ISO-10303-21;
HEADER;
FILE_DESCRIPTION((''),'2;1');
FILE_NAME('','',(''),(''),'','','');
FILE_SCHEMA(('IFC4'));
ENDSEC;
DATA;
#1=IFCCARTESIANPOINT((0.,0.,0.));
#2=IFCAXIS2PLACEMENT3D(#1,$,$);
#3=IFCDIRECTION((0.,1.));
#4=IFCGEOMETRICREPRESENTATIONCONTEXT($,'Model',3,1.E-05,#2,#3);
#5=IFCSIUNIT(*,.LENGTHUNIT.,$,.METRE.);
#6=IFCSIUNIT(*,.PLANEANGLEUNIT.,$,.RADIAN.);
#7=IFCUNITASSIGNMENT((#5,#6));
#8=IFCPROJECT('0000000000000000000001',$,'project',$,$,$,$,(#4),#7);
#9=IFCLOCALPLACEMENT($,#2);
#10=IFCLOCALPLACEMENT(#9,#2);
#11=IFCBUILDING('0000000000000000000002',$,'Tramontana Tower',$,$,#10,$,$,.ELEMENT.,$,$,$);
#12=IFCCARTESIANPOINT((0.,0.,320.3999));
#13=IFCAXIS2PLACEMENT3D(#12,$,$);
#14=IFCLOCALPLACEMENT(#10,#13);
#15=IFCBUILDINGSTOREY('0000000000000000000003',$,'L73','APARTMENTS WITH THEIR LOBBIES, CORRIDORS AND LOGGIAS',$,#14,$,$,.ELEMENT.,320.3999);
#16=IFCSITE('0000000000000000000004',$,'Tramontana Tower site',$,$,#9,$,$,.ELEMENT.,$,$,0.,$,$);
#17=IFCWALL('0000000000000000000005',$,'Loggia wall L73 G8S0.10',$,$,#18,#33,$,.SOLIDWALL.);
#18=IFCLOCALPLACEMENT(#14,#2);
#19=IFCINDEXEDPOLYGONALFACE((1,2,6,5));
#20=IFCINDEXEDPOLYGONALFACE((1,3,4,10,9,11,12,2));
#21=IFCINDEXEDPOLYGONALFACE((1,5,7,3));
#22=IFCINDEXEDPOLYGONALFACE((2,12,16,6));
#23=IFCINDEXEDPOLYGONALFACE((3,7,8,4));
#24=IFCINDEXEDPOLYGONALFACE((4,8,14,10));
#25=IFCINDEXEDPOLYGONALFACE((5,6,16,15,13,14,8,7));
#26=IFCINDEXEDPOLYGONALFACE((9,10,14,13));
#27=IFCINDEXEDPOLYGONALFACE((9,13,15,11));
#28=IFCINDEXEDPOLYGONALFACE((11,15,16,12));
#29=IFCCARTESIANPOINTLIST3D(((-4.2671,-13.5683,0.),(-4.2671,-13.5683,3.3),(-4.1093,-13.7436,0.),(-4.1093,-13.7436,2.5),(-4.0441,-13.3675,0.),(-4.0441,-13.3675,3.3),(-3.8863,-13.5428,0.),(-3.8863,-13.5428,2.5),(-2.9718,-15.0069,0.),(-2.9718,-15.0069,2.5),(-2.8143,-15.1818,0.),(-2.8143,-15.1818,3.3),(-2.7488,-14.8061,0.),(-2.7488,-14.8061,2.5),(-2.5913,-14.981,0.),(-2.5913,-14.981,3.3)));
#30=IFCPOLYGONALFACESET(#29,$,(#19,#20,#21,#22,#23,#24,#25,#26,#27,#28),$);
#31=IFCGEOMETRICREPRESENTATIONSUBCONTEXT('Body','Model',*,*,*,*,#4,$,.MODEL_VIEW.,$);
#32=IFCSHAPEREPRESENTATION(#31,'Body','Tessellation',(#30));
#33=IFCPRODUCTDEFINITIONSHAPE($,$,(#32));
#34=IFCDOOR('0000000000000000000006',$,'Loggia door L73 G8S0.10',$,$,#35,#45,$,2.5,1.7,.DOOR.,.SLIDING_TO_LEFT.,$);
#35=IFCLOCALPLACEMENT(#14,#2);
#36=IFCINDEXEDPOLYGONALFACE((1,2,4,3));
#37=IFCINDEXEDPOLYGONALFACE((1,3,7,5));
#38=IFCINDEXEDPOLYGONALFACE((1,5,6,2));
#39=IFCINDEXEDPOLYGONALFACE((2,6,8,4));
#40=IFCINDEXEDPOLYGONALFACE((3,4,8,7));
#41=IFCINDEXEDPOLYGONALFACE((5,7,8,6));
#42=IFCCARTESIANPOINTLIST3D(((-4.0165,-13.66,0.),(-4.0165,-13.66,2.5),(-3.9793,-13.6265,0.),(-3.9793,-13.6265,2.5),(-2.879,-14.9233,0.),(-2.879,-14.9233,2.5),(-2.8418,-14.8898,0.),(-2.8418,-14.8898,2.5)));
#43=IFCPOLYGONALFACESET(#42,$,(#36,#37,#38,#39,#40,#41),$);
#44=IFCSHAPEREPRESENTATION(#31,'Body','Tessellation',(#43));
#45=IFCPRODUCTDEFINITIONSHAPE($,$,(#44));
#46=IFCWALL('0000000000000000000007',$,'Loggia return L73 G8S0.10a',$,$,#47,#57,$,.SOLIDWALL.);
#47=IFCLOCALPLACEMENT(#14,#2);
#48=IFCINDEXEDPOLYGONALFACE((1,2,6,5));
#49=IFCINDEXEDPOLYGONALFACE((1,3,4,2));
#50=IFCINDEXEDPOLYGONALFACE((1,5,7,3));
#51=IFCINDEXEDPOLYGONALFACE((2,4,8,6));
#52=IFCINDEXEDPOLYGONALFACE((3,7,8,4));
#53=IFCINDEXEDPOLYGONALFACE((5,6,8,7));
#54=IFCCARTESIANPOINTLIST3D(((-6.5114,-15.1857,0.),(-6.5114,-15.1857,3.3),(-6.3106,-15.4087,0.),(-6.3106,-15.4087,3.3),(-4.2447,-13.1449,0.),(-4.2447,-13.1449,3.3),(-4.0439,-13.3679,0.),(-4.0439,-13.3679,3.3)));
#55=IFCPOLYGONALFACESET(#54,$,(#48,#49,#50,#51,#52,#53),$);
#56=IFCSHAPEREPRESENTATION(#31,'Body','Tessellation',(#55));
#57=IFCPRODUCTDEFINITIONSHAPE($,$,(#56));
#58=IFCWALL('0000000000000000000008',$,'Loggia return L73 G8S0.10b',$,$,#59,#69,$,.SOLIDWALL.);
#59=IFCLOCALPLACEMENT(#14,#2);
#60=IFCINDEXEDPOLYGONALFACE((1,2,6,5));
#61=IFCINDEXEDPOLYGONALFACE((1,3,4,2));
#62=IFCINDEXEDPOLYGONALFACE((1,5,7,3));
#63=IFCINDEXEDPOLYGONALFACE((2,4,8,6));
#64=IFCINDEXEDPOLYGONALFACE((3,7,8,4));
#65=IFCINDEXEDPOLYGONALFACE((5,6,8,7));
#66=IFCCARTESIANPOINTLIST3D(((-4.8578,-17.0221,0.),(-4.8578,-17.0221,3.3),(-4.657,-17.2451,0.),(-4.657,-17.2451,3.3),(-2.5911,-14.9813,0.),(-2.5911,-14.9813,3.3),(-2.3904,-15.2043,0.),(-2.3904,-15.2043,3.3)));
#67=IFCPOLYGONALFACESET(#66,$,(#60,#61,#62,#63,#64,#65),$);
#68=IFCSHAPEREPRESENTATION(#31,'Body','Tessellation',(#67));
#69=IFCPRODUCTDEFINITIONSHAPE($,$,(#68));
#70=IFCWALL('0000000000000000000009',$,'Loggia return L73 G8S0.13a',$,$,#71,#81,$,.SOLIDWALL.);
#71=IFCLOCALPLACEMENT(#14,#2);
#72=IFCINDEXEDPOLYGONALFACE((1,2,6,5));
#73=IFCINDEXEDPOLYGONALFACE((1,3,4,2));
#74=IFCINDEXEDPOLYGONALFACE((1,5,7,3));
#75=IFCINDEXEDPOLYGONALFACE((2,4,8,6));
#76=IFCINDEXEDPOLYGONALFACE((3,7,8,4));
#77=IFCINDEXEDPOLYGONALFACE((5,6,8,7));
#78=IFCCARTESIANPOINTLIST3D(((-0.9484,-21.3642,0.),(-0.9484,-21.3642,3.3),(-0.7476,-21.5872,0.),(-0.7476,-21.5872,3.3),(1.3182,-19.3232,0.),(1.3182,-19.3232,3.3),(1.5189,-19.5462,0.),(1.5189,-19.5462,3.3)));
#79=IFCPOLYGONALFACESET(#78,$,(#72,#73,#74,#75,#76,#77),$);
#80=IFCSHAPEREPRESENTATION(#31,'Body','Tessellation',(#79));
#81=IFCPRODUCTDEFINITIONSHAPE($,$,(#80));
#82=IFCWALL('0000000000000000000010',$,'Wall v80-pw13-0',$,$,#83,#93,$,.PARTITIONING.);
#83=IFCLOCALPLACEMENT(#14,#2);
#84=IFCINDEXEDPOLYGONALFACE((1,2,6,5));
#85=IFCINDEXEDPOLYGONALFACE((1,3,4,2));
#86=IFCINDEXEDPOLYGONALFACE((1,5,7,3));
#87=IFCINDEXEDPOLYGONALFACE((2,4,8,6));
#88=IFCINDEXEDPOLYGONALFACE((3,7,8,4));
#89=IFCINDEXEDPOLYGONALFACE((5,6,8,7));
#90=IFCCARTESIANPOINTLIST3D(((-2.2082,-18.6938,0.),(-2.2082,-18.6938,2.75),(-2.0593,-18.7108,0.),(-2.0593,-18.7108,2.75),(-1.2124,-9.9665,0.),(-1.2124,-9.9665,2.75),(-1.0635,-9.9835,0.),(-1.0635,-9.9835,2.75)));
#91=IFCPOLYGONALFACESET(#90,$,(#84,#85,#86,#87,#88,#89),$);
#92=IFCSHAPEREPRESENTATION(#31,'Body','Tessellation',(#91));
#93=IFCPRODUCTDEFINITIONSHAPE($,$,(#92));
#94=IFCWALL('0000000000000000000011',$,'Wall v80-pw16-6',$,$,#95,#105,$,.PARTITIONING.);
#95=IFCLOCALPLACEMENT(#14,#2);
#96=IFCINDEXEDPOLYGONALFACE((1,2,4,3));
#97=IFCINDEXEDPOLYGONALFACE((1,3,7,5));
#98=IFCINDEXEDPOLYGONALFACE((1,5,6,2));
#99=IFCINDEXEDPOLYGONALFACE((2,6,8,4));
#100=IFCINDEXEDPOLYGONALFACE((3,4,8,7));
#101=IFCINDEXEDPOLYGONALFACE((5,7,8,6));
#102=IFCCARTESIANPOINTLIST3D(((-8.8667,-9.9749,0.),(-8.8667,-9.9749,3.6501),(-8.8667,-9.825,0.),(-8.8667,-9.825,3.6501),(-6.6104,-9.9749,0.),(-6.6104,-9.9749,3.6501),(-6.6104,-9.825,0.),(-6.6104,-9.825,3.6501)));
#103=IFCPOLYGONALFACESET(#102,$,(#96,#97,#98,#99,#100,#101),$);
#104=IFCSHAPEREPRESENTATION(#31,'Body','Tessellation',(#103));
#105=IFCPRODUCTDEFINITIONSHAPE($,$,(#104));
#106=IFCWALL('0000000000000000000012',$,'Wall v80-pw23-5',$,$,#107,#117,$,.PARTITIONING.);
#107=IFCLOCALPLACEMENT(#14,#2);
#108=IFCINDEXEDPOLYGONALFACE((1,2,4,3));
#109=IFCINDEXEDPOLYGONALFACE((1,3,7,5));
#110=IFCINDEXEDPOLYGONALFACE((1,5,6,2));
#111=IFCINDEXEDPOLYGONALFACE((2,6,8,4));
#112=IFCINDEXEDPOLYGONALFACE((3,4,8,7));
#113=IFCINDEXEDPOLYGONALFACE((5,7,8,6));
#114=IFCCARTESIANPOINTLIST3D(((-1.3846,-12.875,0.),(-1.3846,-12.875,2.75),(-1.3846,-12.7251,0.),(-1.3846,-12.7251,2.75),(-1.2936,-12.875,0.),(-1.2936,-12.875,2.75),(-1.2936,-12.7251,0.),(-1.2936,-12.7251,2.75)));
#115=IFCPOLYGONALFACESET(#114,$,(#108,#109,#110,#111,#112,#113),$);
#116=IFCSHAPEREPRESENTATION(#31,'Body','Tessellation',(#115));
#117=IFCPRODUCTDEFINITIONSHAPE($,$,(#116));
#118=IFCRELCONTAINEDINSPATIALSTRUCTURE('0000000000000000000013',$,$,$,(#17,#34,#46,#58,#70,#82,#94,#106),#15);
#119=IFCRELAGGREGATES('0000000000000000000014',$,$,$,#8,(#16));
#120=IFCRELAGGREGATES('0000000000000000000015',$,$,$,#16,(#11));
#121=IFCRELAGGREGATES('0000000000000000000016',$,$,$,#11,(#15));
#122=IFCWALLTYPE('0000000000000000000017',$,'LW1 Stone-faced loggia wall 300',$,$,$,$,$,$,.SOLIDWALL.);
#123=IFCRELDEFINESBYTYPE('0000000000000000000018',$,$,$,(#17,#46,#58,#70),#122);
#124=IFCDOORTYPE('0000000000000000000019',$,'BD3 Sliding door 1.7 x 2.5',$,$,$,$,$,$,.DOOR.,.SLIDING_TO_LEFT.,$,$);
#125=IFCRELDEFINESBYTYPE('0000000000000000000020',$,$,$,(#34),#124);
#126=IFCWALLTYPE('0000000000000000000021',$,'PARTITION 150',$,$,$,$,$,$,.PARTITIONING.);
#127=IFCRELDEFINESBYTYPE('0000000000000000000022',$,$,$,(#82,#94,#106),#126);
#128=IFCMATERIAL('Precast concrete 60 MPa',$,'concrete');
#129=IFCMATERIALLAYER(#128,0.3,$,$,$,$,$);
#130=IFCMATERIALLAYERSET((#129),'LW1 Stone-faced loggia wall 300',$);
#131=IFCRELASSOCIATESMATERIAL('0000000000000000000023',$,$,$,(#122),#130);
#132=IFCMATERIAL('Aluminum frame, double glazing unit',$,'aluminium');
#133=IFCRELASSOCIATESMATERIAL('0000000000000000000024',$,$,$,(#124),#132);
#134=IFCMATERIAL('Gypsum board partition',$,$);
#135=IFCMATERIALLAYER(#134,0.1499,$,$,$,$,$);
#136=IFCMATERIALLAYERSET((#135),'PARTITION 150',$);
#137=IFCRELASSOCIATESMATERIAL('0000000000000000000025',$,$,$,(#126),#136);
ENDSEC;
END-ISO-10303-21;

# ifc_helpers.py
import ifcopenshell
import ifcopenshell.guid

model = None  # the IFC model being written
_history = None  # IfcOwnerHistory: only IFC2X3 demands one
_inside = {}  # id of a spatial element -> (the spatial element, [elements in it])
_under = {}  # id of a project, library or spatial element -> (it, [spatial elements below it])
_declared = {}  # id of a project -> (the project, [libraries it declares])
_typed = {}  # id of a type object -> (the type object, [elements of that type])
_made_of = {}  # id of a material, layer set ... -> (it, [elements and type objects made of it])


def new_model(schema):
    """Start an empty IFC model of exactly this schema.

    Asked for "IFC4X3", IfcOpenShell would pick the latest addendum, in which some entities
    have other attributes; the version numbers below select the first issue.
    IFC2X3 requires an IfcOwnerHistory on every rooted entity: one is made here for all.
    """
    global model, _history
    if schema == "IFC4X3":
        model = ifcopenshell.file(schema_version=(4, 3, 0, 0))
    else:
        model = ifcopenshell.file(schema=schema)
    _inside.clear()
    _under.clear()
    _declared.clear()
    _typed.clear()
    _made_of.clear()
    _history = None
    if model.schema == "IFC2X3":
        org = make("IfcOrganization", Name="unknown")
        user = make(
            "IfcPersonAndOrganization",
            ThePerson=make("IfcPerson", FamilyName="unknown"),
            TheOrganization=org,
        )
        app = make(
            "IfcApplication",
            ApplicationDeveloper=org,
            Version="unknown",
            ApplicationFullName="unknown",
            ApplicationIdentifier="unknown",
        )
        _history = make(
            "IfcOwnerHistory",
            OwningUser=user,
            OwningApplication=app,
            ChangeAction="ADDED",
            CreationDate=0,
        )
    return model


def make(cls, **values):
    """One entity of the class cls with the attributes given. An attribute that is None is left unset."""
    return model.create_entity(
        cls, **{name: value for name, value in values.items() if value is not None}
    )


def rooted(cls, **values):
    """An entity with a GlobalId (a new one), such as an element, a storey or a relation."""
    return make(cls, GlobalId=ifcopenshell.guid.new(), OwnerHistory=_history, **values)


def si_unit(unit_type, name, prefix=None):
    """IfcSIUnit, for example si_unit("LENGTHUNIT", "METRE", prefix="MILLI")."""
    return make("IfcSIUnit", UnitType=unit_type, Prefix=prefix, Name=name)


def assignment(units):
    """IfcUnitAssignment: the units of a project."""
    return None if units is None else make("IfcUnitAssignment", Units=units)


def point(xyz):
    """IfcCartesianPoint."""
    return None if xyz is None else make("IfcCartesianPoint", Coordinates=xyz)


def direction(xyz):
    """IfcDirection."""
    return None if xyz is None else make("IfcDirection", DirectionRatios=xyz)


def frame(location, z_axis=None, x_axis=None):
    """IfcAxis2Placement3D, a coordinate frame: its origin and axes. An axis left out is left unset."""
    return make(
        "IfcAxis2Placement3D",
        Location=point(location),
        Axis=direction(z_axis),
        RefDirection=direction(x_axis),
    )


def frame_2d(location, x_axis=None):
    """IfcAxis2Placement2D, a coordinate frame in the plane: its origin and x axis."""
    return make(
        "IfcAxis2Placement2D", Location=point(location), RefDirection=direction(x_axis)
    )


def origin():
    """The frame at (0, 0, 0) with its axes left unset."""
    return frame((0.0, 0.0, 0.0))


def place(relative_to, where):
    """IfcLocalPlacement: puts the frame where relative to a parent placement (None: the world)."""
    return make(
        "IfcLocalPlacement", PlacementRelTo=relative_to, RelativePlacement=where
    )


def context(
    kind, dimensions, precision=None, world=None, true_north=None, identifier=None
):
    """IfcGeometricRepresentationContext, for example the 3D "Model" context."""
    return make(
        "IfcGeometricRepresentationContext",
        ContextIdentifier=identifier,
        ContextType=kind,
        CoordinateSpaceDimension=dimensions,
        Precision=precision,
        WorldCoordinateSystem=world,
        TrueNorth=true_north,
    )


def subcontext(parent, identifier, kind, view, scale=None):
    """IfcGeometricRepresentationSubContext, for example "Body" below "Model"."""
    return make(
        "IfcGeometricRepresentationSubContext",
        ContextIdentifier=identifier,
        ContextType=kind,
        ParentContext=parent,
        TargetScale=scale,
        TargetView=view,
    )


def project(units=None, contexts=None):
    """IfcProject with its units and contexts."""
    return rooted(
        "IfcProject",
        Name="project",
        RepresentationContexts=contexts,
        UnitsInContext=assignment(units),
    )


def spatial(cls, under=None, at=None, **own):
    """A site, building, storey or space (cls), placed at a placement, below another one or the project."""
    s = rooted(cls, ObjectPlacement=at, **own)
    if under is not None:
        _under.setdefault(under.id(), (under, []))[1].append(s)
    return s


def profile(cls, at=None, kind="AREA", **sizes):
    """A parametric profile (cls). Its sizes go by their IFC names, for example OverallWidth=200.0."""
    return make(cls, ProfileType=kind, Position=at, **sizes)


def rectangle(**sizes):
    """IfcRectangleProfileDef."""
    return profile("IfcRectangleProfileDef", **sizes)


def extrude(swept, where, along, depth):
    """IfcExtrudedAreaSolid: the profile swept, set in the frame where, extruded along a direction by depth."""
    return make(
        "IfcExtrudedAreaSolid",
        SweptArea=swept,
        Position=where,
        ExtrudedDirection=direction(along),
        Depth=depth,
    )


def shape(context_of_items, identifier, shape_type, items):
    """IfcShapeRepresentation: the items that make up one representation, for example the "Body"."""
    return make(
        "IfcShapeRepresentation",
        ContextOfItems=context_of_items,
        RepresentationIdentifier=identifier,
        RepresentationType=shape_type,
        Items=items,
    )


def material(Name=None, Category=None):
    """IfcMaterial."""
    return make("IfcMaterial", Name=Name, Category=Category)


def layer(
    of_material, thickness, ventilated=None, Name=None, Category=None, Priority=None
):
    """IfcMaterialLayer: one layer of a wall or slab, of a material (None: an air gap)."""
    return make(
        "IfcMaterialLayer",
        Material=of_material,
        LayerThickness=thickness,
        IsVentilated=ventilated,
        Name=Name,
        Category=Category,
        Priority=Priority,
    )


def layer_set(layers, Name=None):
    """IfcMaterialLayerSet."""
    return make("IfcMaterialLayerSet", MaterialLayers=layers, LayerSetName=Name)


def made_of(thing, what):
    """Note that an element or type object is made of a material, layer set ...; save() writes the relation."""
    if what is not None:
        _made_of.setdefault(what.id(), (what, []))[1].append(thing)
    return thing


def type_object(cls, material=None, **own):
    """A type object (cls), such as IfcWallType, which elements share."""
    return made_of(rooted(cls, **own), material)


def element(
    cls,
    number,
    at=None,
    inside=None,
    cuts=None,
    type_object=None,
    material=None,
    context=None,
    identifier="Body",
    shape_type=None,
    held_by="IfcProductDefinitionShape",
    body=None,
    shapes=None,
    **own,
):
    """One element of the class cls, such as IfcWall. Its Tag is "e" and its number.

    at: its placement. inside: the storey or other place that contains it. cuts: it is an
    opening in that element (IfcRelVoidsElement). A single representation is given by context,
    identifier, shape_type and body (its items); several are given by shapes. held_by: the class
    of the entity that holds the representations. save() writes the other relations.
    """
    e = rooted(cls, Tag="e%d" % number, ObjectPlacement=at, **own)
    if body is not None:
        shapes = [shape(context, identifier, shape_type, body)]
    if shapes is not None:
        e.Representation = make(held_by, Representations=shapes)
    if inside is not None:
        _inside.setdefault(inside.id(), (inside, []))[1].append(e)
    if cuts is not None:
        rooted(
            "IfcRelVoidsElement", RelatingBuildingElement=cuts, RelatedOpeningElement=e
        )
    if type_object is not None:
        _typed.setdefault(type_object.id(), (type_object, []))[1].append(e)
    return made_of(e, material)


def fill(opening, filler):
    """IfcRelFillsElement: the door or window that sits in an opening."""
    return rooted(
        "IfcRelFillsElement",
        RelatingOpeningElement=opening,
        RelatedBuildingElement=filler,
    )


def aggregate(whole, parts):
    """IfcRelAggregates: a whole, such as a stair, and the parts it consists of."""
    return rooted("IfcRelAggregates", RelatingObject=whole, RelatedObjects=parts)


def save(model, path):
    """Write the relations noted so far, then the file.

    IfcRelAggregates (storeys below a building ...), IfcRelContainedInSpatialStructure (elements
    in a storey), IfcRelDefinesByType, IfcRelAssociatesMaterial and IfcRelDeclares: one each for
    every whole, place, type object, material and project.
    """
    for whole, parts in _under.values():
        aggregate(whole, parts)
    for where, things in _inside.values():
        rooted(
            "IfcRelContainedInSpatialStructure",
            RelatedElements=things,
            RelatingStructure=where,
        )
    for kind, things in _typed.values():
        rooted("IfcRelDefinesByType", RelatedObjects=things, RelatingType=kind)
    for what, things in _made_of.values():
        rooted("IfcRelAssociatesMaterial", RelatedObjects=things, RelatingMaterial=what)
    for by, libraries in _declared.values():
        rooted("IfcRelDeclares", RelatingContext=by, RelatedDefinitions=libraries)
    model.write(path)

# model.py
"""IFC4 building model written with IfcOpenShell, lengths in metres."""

from ifc_helpers import new_model, si_unit, direction, frame, frame_2d, origin, place, context, subcontext, project, spatial, rectangle, extrude, material, layer, layer_set, type_object, element, fill, save


model = new_model("IFC4")

# Units and contexts
model_context = context("Model", 3, precision=1e-05, world=origin(), true_north=direction((0.0, 1.0)))
body_context = subcontext(model_context, "Body", "Model", "MODEL_VIEW")
ifc_project = project(units=[si_unit("LENGTHUNIT", "METRE"), si_unit("PLANEANGLEUNIT", "RADIAN")], contexts=[model_context])

# Site, building, storey
site_placement = place(None, origin())
site = spatial("IfcSite", under=ifc_project, at=site_placement, Name="Tramontana Tower site", CompositionType="ELEMENT", RefElevation=0.0)
building_placement = place(site_placement, origin())
building = spatial("IfcBuilding", under=site, at=building_placement, Name="Tramontana Tower", CompositionType="ELEMENT")
storey_placement = place(building_placement, frame((0.0, 0.0, 320.3999)))
storey = spatial("IfcBuildingStorey", under=building, at=storey_placement, Name="L73", Description="APARTMENTS WITH THEIR LOBBIES, CORRIDORS AND LOGGIAS", CompositionType="ELEMENT", Elevation=320.3999)

# Wall, opening, door
ifc_material_1 = material(Name="Precast concrete 60 MPa", Category="concrete")
ifc_layer_1 = layer(ifc_material_1, 0.3)
ifc_layer_set_1 = layer_set([ifc_layer_1], Name="LW1 Stone-faced loggia wall 300")
wall_type_1 = type_object("IfcWallType", Name="LW1 Stone-faced loggia wall 300", PredefinedType="SOLIDWALL", material=ifc_layer_set_1)
wall_1_placement = place(storey_placement, frame((-4.1555, -13.468, 0.0), z_axis=(0.0, 0.0, 1.0), x_axis=(0.669145, -0.743132, 0.0)))
wall_1 = element("IfcWall", 1, at=wall_1_placement, inside=storey, type_object=wall_type_1, Name="Loggia wall L73 G8S0.10", PredefinedType="SOLIDWALL", context=body_context, shape_type="SweptSolid", body=[
    extrude(rectangle(XDim=2.1711, YDim=0.3, at=frame_2d((1.0854, 0.0))), origin(), (0.0, 0.0, 1.0), 3.3),
])
opening_1_placement = place(wall_1_placement, frame((0.2356, 0.0, 0.0)))
opening_1 = element("IfcOpeningElement", 2, at=opening_1_placement, cuts=wall_1, PredefinedType="OPENING", context=body_context, shape_type="SweptSolid", body=[
    extrude(rectangle(XDim=1.7, YDim=2.5, at=frame_2d((0.8501, 1.25))), frame((0.0, 0.1599, 0.0), z_axis=(0.0, -1.0, 0.0), x_axis=(1.0, 0.0, 0.0)), (0.0, 0.0, 1.0), 0.3201),
])
ifc_material_2 = material(Name="Aluminum frame, double glazing unit", Category="aluminium")
door_type_1 = type_object("IfcDoorType", Name="BD3 Sliding door 1.7 x 2.5", OperationType="SLIDING_TO_LEFT", PredefinedType="DOOR", material=ifc_material_2)
door_1_placement = place(opening_1_placement, origin())
door_1 = element("IfcDoor", 3, at=door_1_placement, inside=storey, type_object=door_type_1, Name="Loggia door L73 G8S0.10", OperationType="SLIDING_TO_LEFT", OverallHeight=2.5, OverallWidth=1.7, PredefinedType="DOOR", context=body_context, shape_type="SweptSolid", body=[
    extrude(rectangle(XDim=1.7, YDim=2.5, at=frame_2d((0.8501, 1.25))), frame((0.0, 0.0249, 0.0), z_axis=(0.0, -1.0, 0.0), x_axis=(1.0, 0.0, 0.0)), (0.0, 0.0, 1.0), 0.05),
])
fill(opening_1, door_1)

# Walls
for number, where, z_axis, x_axis, name in (
    (4, (-6.4109, -15.2971, 0.0), (0.0, 0.0, 1.0), (0.743159, 0.669115, 0.0), "Loggia return L73 G8S0.10a"),
    (5, (-4.7573, -17.1335, 0.0), (0.0, 0.0, 1.0), (0.743159, 0.669115, 0.0), "Loggia return L73 G8S0.10b"),
    (6, (-0.8479, -21.4756, 0.0), (0.0, 0.0, 1.0), (0.743119, 0.669159, 0.0), "Loggia return L73 G8S0.13a"),
):
    element("IfcWall", number, at=place(storey_placement, frame(where, z_axis=z_axis, x_axis=x_axis)), inside=storey, type_object=wall_type_1, Name=name, PredefinedType="SOLIDWALL", context=body_context, shape_type="SweptSolid", body=[
        extrude(rectangle(XDim=3.05, YDim=0.3, at=frame_2d((1.5249, 0.0))), origin(), (0.0, 0.0, 1.0), 3.3),
    ])

# Shared definitions
ifc_material_3 = material(Name="Gypsum board partition")
ifc_layer_2 = layer(ifc_material_3, 0.1499)
ifc_layer_set_2 = layer_set([ifc_layer_2], Name="PARTITION 150")
wall_type_2 = type_object("IfcWallType", Name="PARTITION 150", PredefinedType="PARTITIONING", material=ifc_layer_set_2)

# Walls
wall_2_placement = place(storey_placement, frame((-2.1338, -18.7024, 0.0), z_axis=(0.0, 0.0, 1.0), x_axis=(0.113372, 0.993553, 0.0)))
element("IfcWall", 7, at=wall_2_placement, inside=storey, type_object=wall_type_2, Name="Wall v80-pw13-0", PredefinedType="PARTITIONING", context=body_context, shape_type="SweptSolid", body=[
    extrude(rectangle(XDim=8.7839, YDim=0.1499, at=frame_2d((4.3921, 0.0))), origin(), (0.0, 0.0, 1.0), 2.75),
])
wall_3_placement = place(storey_placement, frame((-6.6104, -9.8999, 0.0), z_axis=(0.0, 0.0, 1.0), x_axis=(-1.0, 0.0, 0.0)))
element("IfcWall", 8, at=wall_3_placement, inside=storey, type_object=wall_type_2, Name="Wall v80-pw16-6", PredefinedType="PARTITIONING", context=body_context, shape_type="SweptSolid", body=[
    extrude(rectangle(XDim=2.2563, YDim=0.1499, at=frame_2d((1.1282, 0.0))), origin(), (0.0, 0.0, 1.0), 3.6501),
])
wall_4_placement = place(storey_placement, frame((-1.2937, -12.8, 0.0), z_axis=(0.0, 0.0, 1.0), x_axis=(-1.0, 0.0, 0.0)))
element("IfcWall", 9, at=wall_4_placement, inside=storey, type_object=wall_type_2, Name="Wall v80-pw23-5", PredefinedType="PARTITIONING", context=body_context, shape_type="SweptSolid", body=[
    extrude(rectangle(XDim=0.0911, YDim=0.1499, at=frame_2d((0.0454, 0.0))), origin(), (0.0, 0.0, 1.0), 2.75),
])

save(model, "model.ifc")
